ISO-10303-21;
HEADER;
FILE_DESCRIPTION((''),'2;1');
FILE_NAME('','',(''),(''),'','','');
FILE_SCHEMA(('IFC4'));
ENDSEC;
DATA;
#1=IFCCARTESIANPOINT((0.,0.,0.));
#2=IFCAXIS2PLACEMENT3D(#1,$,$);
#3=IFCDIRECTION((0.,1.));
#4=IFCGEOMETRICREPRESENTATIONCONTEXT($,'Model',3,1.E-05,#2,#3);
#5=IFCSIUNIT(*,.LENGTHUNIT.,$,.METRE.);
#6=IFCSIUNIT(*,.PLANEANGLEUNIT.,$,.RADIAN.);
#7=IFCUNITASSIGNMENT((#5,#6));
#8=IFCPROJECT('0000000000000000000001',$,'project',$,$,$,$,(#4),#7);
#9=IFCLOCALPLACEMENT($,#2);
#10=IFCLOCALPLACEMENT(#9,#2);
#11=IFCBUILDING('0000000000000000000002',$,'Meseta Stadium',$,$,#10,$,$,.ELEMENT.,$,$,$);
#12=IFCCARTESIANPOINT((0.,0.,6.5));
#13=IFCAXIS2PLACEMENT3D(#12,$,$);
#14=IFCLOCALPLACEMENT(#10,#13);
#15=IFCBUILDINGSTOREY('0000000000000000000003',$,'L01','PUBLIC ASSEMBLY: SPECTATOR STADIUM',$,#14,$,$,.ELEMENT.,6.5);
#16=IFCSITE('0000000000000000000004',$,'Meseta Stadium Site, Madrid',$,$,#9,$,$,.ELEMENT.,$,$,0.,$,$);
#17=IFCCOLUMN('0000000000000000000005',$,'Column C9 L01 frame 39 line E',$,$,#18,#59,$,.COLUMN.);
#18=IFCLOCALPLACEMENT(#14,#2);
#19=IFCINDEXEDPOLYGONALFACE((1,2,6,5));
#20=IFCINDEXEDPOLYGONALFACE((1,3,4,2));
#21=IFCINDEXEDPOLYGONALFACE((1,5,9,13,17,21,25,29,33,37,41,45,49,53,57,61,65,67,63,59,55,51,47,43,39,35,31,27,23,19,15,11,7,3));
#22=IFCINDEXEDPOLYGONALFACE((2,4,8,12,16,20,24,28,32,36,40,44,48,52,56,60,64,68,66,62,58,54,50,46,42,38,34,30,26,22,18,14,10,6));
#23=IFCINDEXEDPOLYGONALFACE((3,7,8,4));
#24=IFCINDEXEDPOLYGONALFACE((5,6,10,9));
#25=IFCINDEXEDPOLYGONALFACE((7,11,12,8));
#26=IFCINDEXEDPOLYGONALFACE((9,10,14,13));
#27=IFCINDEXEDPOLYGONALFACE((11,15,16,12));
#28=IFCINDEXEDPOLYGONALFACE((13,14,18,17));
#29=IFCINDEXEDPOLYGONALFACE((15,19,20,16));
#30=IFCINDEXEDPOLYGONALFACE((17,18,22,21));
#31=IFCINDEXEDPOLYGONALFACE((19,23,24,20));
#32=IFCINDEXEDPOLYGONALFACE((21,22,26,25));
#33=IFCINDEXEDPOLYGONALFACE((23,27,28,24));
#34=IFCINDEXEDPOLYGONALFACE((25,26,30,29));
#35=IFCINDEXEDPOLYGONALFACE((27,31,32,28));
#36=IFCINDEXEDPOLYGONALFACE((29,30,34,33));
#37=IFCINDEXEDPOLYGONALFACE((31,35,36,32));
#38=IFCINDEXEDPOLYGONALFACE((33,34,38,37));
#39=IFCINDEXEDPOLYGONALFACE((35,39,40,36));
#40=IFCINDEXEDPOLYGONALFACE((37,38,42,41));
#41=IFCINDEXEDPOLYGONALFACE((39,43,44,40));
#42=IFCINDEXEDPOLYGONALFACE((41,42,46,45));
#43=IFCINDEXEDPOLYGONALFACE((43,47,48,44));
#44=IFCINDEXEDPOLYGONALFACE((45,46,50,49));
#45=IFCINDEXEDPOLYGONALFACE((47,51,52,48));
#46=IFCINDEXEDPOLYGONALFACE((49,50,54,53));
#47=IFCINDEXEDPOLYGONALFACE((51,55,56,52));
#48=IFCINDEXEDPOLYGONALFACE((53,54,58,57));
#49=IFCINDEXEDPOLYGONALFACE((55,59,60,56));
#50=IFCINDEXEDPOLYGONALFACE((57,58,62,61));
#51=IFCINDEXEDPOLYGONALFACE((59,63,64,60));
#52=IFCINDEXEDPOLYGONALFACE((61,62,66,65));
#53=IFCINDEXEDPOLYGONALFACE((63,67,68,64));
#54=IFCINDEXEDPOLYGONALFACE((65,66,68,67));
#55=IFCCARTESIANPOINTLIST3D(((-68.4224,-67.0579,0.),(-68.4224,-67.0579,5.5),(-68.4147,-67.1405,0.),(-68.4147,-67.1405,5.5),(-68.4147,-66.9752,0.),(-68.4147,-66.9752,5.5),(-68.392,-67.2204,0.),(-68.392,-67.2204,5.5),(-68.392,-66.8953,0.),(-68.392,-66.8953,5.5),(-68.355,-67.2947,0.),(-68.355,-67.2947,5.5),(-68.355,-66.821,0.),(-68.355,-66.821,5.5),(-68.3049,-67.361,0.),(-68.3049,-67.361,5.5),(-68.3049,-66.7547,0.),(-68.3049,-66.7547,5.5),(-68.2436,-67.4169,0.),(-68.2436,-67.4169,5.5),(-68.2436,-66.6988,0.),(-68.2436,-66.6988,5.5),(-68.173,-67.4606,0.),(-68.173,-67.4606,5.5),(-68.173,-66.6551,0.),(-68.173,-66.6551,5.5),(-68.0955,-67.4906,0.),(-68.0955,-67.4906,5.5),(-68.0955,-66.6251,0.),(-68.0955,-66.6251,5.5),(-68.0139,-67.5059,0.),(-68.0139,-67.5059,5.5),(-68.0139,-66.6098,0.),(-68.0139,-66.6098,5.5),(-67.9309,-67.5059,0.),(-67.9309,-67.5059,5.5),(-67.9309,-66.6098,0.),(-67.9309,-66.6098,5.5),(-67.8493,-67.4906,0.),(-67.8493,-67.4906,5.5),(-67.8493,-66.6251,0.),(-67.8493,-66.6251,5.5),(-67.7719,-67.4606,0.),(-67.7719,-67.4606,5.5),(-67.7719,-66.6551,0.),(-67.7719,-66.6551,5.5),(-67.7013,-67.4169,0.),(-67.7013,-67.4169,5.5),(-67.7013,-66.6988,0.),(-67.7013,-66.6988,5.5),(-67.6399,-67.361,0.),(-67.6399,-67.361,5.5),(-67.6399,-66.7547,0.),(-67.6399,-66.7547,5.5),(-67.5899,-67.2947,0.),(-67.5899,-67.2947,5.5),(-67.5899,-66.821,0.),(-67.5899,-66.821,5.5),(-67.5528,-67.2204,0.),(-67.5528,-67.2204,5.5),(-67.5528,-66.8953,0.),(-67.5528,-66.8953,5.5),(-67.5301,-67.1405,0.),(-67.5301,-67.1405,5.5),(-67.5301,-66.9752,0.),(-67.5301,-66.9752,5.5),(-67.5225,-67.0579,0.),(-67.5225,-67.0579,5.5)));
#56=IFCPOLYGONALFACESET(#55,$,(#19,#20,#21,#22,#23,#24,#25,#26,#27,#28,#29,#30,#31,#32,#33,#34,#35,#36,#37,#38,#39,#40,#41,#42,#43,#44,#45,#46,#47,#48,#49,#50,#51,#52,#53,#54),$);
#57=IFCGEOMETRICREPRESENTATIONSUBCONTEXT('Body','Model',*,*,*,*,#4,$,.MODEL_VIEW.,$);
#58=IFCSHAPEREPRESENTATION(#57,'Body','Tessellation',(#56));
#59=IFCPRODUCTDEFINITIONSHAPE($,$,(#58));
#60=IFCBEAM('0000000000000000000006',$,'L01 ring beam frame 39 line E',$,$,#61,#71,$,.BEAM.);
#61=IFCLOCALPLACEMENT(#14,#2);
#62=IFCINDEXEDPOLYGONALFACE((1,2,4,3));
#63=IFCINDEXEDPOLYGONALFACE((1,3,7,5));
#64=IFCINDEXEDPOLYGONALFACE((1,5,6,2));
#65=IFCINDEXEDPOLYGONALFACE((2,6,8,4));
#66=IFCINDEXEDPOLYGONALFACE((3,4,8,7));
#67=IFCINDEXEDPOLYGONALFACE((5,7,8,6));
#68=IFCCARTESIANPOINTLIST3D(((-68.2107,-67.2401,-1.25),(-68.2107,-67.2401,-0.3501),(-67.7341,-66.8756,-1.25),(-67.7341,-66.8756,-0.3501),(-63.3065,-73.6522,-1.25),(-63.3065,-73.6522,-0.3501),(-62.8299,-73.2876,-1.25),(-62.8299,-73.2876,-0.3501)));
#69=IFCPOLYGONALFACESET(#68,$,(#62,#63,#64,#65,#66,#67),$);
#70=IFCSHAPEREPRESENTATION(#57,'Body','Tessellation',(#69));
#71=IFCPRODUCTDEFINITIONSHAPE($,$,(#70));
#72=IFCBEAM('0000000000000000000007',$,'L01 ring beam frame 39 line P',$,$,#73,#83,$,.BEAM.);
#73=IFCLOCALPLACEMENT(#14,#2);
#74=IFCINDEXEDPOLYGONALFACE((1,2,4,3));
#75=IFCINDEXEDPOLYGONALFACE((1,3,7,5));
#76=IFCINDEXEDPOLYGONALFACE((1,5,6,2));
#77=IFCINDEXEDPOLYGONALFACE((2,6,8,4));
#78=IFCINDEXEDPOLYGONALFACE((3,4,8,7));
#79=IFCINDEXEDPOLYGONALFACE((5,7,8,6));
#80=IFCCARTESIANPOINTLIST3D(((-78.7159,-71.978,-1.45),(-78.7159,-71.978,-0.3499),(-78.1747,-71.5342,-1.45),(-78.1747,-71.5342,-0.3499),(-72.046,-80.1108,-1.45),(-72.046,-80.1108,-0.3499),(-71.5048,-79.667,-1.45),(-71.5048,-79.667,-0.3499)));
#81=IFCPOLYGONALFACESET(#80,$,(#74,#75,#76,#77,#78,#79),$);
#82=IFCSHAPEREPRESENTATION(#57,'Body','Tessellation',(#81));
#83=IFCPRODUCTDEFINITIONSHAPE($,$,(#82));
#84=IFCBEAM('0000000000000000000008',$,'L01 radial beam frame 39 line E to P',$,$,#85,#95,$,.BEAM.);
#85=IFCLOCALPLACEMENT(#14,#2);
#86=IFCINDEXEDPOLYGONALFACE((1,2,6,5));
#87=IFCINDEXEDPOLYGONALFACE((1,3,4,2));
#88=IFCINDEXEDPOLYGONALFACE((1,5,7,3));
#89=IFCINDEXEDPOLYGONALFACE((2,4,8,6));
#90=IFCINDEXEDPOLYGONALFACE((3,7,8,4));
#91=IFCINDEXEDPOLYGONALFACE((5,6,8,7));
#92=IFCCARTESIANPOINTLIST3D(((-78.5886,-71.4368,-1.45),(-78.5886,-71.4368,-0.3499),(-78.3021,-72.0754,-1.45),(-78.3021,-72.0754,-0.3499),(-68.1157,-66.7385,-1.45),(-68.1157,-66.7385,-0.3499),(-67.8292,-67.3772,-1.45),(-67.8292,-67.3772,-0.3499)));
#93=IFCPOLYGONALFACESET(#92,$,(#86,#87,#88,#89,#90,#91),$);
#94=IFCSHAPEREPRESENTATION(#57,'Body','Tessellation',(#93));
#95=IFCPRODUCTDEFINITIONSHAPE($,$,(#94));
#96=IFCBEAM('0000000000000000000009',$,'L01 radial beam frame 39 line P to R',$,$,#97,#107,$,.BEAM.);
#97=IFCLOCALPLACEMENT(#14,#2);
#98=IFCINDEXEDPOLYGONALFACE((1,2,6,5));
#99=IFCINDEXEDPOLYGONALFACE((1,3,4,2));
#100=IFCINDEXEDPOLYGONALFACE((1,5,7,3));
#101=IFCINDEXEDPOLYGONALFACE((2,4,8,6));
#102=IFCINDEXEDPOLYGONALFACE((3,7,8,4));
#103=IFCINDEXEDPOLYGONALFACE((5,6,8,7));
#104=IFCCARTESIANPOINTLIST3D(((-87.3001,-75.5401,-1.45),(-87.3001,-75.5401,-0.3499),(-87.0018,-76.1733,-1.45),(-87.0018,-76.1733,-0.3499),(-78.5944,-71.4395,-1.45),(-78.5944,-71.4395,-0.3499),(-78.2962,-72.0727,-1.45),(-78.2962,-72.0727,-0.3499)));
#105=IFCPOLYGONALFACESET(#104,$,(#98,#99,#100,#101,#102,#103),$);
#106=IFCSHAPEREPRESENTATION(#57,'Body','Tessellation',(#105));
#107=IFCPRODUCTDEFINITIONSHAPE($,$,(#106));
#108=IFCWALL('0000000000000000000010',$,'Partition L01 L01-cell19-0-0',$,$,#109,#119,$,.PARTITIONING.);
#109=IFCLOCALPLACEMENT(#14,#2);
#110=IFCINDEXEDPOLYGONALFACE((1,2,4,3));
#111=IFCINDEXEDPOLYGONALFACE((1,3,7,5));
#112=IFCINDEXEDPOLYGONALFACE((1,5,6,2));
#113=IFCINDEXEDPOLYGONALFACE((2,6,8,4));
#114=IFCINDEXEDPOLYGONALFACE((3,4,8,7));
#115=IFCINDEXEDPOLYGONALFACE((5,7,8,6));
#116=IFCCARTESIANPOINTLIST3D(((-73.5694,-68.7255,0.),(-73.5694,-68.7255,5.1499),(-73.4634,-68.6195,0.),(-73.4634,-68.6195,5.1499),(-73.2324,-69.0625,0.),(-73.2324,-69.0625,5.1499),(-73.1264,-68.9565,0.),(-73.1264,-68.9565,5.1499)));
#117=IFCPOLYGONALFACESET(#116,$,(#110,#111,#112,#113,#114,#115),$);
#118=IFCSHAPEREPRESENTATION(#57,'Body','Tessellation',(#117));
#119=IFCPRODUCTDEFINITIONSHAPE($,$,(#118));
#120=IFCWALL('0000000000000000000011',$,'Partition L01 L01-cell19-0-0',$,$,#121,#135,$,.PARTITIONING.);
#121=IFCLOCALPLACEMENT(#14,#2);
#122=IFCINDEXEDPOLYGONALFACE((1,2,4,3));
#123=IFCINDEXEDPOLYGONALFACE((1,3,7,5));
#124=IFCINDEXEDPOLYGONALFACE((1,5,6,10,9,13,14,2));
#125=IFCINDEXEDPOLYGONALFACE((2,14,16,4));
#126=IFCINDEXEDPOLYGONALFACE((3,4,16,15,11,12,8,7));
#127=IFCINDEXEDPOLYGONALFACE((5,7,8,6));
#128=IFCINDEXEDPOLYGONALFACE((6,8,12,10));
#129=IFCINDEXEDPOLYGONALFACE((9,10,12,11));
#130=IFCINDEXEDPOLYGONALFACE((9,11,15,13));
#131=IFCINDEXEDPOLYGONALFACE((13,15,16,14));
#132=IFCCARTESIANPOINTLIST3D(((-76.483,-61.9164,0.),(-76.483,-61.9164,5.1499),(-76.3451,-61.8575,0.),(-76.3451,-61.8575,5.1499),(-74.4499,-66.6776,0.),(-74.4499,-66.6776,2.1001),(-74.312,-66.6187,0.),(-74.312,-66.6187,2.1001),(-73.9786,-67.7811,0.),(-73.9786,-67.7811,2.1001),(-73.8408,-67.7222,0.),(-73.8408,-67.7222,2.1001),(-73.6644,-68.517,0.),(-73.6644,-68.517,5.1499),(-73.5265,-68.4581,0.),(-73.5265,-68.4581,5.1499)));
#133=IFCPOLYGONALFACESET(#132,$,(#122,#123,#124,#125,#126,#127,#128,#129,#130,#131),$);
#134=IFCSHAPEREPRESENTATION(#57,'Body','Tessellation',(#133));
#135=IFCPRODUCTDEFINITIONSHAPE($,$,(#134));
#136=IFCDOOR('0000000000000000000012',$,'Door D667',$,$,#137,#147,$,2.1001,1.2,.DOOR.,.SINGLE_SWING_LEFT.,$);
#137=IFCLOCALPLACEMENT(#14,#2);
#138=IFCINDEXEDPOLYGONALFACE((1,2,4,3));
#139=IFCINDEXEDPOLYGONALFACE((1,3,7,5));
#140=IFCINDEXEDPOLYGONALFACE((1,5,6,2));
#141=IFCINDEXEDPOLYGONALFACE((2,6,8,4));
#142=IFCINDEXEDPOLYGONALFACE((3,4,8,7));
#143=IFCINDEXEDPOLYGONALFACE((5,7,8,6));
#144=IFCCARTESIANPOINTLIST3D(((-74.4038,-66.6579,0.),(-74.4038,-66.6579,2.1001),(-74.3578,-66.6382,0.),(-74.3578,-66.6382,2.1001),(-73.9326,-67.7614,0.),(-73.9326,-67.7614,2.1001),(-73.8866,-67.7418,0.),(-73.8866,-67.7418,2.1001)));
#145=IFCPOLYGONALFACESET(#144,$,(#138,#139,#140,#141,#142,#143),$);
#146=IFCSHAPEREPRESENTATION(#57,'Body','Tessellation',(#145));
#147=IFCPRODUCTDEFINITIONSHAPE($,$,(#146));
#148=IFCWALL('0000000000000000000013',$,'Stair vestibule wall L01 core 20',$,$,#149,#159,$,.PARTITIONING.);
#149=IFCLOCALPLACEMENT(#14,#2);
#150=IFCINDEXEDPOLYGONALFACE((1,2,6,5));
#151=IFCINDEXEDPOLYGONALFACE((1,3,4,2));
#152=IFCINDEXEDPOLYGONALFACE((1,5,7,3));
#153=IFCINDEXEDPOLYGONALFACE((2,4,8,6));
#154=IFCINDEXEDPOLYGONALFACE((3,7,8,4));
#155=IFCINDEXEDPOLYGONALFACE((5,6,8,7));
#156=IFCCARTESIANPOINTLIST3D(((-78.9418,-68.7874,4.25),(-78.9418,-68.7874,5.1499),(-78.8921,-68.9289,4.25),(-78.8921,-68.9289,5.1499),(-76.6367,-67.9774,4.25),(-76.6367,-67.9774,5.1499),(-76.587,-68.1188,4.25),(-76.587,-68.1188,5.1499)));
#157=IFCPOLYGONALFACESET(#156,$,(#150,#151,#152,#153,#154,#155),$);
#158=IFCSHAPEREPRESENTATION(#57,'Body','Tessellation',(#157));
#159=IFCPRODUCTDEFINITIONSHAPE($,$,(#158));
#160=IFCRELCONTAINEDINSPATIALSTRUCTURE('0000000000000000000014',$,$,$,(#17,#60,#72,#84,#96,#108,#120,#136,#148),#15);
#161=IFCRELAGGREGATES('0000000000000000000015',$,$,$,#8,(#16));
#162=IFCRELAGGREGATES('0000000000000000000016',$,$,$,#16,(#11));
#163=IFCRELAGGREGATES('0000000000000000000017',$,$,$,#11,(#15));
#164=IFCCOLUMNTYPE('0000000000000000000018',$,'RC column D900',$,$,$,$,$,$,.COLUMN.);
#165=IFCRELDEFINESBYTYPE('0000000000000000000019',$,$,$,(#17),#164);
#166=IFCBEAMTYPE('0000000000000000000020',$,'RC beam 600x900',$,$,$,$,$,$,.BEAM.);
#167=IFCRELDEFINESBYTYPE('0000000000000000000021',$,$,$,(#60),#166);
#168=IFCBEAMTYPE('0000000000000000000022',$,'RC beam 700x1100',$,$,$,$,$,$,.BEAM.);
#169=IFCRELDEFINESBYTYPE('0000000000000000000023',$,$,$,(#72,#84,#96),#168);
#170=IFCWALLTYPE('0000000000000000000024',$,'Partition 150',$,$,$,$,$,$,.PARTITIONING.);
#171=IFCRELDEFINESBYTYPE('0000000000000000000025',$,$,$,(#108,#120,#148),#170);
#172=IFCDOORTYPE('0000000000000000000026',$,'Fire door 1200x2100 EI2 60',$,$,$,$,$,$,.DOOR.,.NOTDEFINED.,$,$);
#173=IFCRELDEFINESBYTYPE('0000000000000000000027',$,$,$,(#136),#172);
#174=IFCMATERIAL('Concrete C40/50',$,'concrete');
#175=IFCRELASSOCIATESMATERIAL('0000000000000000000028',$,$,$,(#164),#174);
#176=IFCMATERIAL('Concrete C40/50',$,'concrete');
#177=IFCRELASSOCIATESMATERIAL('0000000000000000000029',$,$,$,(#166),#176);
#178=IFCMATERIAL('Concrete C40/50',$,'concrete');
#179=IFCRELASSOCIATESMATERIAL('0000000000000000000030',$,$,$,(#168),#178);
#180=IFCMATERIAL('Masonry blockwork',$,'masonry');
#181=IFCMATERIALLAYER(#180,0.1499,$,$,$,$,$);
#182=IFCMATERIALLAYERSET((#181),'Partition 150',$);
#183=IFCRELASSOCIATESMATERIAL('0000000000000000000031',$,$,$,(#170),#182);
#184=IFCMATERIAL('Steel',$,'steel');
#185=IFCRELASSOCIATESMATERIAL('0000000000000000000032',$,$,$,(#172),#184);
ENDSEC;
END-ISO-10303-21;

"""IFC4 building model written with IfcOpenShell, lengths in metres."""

from ifc_helpers import new_model, si_unit, direction, frame, frame_2d, origin, origin_2d, place, context, subcontext, project, spatial, rectangle, circle, extrude, material, layer, layer_set, material_profile, profile_set, type_object, element, fill, save


model = new_model("IFC4")

# Units and contexts
model_context = context("Model", 3, precision=1e-05, world=origin(), true_north=direction((0.0, 1.0)))
body_context = subcontext(model_context, "Body", "Model", "MODEL_VIEW")
ifc_project = project(units=[si_unit("LENGTHUNIT", "METRE"), si_unit("PLANEANGLEUNIT", "RADIAN")], contexts=[model_context])

# Site, building, storey
site_placement = place(None, origin())
site = spatial("IfcSite", under=ifc_project, at=site_placement, Name="Meseta Stadium Site, Madrid", CompositionType="ELEMENT", RefElevation=0.0)
building_placement = place(site_placement, origin())
building = spatial("IfcBuilding", under=site, at=building_placement, Name="Meseta Stadium", CompositionType="ELEMENT")
storey_placement = place(building_placement, frame((0.0, 0.0, 6.5)))
storey = spatial("IfcBuildingStorey", under=building, at=storey_placement, Name="L01", Description="PUBLIC ASSEMBLY: SPECTATOR STADIUM", CompositionType="ELEMENT", Elevation=6.5)

# Column
ifc_material_1 = material(Name="Concrete C40/50", Category="concrete")
ifc_material_profile_1 = material_profile(ifc_material_1, circle(Radius=0.45, at=origin_2d()), Name="RC D900")
ifc_profile_set_1 = profile_set([ifc_material_profile_1], Name="Concrete C40/50")
column_type = type_object("IfcColumnType", Name="RC column D900", PredefinedType="COLUMN", material=ifc_profile_set_1)
column_placement = place(storey_placement, frame((-67.9724, -67.0579, 0.0), z_axis=(0.0, 0.0, 1.0), x_axis=(1.0, 0.0, 0.0)))
element("IfcColumn", 1, at=column_placement, inside=storey, type_object=column_type, Name="Column C9 L01 frame 39 line E", PredefinedType="COLUMN", context=body_context, shape_type="SweptSolid", body=[
    extrude(circle(Radius=0.45, at=origin_2d()), origin(), (0.0, 0.0, 1.0), 5.5),
])

# Beams
ifc_material_2 = material(Name="Concrete C40/50", Category="concrete")
ifc_material_profile_2 = material_profile(ifc_material_2, rectangle(XDim=0.6001, YDim=0.8999, at=origin_2d()), Name="RC 600x900")
ifc_profile_set_2 = profile_set([ifc_material_profile_2], Name="Concrete C40/50")
beam_type_1 = type_object("IfcBeamType", Name="RC beam 600x900", PredefinedType="BEAM", material=ifc_profile_set_2)
beam_1_placement = place(storey_placement, frame((-67.9724, -67.0579, -0.8), z_axis=(0.607522, -0.794303, 0.0), x_axis=(0.794303, 0.607522, 0.0)))
element("IfcBeam", 2, at=beam_1_placement, inside=storey, type_object=beam_type_1, Name="L01 ring beam frame 39 line E", PredefinedType="BEAM", context=body_context, shape_type="SweptSolid", body=[
    extrude(rectangle(XDim=0.6001, YDim=0.8999, at=origin_2d()), origin(), (0.0, 0.0, 1.0), 8.0725),
])
ifc_material_3 = material(Name="Concrete C40/50", Category="concrete")
ifc_material_profile_3 = material_profile(ifc_material_3, rectangle(XDim=0.7, YDim=1.1001, at=origin_2d()), Name="RC 700x1100")
ifc_profile_set_3 = profile_set([ifc_material_profile_3], Name="Concrete C40/50")
beam_type_2 = type_object("IfcBeamType", Name="RC beam 700x1100", PredefinedType="BEAM", material=ifc_profile_set_3)
beam_2_placement = place(storey_placement, frame((-78.4453, -71.7561, -0.8999), z_axis=(0.634137, -0.77322, 0.0), x_axis=(0.77322, 0.634137, 0.0)))
element("IfcBeam", 3, at=beam_2_placement, inside=storey, type_object=beam_type_2, Name="L01 ring beam frame 39 line P", PredefinedType="BEAM", context=body_context, shape_type="SweptSolid", body=[
    extrude(rectangle(XDim=0.7, YDim=1.1001, at=origin_2d()), origin(), (0.0, 0.0, 1.0), 10.5181),
])
beam_3_placement = place(storey_placement, frame((-67.9724, -67.0579, -0.8999), z_axis=(-0.912396, -0.409309, 0.0), x_axis=(0.409309, -0.912396, 0.0)))
element("IfcBeam", 4, at=beam_3_placement, inside=storey, type_object=beam_type_2, Name="L01 radial beam frame 39 line E to P", PredefinedType="BEAM", context=body_context, shape_type="SweptSolid", body=[
    extrude(rectangle(XDim=0.7, YDim=1.1001, at=origin_2d()), origin(), (0.0, 0.0, 1.0), 11.4785),
])
beam_4_placement = place(storey_placement, frame((-78.4453, -71.7561, -0.8999), z_axis=(-0.904665, -0.426124, 0.0), x_axis=(0.426124, -0.904665, 0.0)))
element("IfcBeam", 5, at=beam_4_placement, inside=storey, type_object=beam_type_2, Name="L01 radial beam frame 39 line P to R", PredefinedType="BEAM", context=body_context, shape_type="SweptSolid", body=[
    extrude(rectangle(XDim=0.7, YDim=1.1001, at=origin_2d()), origin(), (0.0, 0.0, 1.0), 9.623),
])

# Wall
ifc_material_4 = material(Name="Masonry blockwork", Category="masonry")
ifc_layer = layer(ifc_material_4, 0.1499)
ifc_layer_set = layer_set([ifc_layer], Name="Partition 150")
wall_type = type_object("IfcWallType", Name="Partition 150", PredefinedType="PARTITIONING", material=ifc_layer_set)
wall_1_placement = place(storey_placement, frame((-73.1794, -69.0095, 0.0), z_axis=(0.0, 0.0, 1.0), x_axis=(-0.707107, 0.707107, 0.0)))
element("IfcWall", 6, at=wall_1_placement, inside=storey, type_object=wall_type, Name="Partition L01 L01-cell19-0-0", PredefinedType="PARTITIONING", context=body_context, shape_type="SweptSolid", body=[
    extrude(rectangle(XDim=0.4766, YDim=0.1499, at=frame_2d((0.2383, 0.0))), origin(), (0.0, 0.0, 1.0), 5.1499),
])

# Wall, opening, door
wall_2_placement = place(storey_placement, frame((-73.5955, -68.4875, 0.0), z_axis=(0.0, 0.0, 1.0), x_axis=(-0.392716, 0.91966, 0.0)))
wall_2 = element("IfcWall", 7, at=wall_2_placement, inside=storey, type_object=wall_type, Name="Partition L01 L01-cell19-0-0", PredefinedType="PARTITIONING", context=body_context, shape_type="SweptSolid", body=[
    extrude(rectangle(XDim=7.1772, YDim=0.1499, at=frame_2d((3.5886, 0.0))), origin(), (0.0, 0.0, 1.0), 5.1499),
])
opening_1_placement = place(wall_2_placement, frame((0.8, 0.0, 0.0)))
opening_1 = element("IfcOpeningElement", 8, at=opening_1_placement, cuts=wall_2, PredefinedType="OPENING", context=body_context, shape_type="SweptSolid", body=[
    extrude(rectangle(XDim=1.2, YDim=2.1001, at=frame_2d((0.6001, 1.05))), frame((0.0, 0.085, 0.0), z_axis=(0.0, -1.0, 0.0), x_axis=(1.0, 0.0, 0.0)), (0.0, 0.0, 1.0), 0.1699),
])
ifc_material_5 = material(Name="Steel", Category="steel")
door_type_1 = type_object("IfcDoorType", Name="Fire door 1200x2100 EI2 60", OperationType="NOTDEFINED", PredefinedType="DOOR", material=ifc_material_5)
door_1_placement = place(opening_1_placement, origin())
door_1 = element("IfcDoor", 9, at=door_1_placement, inside=storey, type_object=door_type_1, Name="Door D667", OperationType="SINGLE_SWING_LEFT", OverallHeight=2.1001, OverallWidth=1.2, PredefinedType="DOOR", context=body_context, shape_type="SweptSolid", body=[
    extrude(rectangle(XDim=1.2, YDim=2.1001, at=frame_2d((0.6001, 1.05))), frame((0.0, 0.0249, 0.0), z_axis=(0.0, -1.0, 0.0), x_axis=(1.0, 0.0, 0.0)), (0.0, 0.0, 1.0), 0.05),
])
fill(opening_1, door_1)

# Wall
wall_3_placement = place(storey_placement, frame((-78.917, -68.8582, 4.25), z_axis=(0.0, 0.0, 1.0), x_axis=(0.943443, 0.331534, 0.0)))
element("IfcWall", 10, at=wall_3_placement, inside=storey, type_object=wall_type, Name="Stair vestibule wall L01 core 20", PredefinedType="PARTITIONING", context=body_context, shape_type="SweptSolid", body=[
    extrude(rectangle(XDim=2.4434, YDim=0.1499, at=frame_2d((1.2217, 0.0))), origin(), (0.0, 0.0, 1.0), 0.8999),
])

save(model, "model.ifc")
